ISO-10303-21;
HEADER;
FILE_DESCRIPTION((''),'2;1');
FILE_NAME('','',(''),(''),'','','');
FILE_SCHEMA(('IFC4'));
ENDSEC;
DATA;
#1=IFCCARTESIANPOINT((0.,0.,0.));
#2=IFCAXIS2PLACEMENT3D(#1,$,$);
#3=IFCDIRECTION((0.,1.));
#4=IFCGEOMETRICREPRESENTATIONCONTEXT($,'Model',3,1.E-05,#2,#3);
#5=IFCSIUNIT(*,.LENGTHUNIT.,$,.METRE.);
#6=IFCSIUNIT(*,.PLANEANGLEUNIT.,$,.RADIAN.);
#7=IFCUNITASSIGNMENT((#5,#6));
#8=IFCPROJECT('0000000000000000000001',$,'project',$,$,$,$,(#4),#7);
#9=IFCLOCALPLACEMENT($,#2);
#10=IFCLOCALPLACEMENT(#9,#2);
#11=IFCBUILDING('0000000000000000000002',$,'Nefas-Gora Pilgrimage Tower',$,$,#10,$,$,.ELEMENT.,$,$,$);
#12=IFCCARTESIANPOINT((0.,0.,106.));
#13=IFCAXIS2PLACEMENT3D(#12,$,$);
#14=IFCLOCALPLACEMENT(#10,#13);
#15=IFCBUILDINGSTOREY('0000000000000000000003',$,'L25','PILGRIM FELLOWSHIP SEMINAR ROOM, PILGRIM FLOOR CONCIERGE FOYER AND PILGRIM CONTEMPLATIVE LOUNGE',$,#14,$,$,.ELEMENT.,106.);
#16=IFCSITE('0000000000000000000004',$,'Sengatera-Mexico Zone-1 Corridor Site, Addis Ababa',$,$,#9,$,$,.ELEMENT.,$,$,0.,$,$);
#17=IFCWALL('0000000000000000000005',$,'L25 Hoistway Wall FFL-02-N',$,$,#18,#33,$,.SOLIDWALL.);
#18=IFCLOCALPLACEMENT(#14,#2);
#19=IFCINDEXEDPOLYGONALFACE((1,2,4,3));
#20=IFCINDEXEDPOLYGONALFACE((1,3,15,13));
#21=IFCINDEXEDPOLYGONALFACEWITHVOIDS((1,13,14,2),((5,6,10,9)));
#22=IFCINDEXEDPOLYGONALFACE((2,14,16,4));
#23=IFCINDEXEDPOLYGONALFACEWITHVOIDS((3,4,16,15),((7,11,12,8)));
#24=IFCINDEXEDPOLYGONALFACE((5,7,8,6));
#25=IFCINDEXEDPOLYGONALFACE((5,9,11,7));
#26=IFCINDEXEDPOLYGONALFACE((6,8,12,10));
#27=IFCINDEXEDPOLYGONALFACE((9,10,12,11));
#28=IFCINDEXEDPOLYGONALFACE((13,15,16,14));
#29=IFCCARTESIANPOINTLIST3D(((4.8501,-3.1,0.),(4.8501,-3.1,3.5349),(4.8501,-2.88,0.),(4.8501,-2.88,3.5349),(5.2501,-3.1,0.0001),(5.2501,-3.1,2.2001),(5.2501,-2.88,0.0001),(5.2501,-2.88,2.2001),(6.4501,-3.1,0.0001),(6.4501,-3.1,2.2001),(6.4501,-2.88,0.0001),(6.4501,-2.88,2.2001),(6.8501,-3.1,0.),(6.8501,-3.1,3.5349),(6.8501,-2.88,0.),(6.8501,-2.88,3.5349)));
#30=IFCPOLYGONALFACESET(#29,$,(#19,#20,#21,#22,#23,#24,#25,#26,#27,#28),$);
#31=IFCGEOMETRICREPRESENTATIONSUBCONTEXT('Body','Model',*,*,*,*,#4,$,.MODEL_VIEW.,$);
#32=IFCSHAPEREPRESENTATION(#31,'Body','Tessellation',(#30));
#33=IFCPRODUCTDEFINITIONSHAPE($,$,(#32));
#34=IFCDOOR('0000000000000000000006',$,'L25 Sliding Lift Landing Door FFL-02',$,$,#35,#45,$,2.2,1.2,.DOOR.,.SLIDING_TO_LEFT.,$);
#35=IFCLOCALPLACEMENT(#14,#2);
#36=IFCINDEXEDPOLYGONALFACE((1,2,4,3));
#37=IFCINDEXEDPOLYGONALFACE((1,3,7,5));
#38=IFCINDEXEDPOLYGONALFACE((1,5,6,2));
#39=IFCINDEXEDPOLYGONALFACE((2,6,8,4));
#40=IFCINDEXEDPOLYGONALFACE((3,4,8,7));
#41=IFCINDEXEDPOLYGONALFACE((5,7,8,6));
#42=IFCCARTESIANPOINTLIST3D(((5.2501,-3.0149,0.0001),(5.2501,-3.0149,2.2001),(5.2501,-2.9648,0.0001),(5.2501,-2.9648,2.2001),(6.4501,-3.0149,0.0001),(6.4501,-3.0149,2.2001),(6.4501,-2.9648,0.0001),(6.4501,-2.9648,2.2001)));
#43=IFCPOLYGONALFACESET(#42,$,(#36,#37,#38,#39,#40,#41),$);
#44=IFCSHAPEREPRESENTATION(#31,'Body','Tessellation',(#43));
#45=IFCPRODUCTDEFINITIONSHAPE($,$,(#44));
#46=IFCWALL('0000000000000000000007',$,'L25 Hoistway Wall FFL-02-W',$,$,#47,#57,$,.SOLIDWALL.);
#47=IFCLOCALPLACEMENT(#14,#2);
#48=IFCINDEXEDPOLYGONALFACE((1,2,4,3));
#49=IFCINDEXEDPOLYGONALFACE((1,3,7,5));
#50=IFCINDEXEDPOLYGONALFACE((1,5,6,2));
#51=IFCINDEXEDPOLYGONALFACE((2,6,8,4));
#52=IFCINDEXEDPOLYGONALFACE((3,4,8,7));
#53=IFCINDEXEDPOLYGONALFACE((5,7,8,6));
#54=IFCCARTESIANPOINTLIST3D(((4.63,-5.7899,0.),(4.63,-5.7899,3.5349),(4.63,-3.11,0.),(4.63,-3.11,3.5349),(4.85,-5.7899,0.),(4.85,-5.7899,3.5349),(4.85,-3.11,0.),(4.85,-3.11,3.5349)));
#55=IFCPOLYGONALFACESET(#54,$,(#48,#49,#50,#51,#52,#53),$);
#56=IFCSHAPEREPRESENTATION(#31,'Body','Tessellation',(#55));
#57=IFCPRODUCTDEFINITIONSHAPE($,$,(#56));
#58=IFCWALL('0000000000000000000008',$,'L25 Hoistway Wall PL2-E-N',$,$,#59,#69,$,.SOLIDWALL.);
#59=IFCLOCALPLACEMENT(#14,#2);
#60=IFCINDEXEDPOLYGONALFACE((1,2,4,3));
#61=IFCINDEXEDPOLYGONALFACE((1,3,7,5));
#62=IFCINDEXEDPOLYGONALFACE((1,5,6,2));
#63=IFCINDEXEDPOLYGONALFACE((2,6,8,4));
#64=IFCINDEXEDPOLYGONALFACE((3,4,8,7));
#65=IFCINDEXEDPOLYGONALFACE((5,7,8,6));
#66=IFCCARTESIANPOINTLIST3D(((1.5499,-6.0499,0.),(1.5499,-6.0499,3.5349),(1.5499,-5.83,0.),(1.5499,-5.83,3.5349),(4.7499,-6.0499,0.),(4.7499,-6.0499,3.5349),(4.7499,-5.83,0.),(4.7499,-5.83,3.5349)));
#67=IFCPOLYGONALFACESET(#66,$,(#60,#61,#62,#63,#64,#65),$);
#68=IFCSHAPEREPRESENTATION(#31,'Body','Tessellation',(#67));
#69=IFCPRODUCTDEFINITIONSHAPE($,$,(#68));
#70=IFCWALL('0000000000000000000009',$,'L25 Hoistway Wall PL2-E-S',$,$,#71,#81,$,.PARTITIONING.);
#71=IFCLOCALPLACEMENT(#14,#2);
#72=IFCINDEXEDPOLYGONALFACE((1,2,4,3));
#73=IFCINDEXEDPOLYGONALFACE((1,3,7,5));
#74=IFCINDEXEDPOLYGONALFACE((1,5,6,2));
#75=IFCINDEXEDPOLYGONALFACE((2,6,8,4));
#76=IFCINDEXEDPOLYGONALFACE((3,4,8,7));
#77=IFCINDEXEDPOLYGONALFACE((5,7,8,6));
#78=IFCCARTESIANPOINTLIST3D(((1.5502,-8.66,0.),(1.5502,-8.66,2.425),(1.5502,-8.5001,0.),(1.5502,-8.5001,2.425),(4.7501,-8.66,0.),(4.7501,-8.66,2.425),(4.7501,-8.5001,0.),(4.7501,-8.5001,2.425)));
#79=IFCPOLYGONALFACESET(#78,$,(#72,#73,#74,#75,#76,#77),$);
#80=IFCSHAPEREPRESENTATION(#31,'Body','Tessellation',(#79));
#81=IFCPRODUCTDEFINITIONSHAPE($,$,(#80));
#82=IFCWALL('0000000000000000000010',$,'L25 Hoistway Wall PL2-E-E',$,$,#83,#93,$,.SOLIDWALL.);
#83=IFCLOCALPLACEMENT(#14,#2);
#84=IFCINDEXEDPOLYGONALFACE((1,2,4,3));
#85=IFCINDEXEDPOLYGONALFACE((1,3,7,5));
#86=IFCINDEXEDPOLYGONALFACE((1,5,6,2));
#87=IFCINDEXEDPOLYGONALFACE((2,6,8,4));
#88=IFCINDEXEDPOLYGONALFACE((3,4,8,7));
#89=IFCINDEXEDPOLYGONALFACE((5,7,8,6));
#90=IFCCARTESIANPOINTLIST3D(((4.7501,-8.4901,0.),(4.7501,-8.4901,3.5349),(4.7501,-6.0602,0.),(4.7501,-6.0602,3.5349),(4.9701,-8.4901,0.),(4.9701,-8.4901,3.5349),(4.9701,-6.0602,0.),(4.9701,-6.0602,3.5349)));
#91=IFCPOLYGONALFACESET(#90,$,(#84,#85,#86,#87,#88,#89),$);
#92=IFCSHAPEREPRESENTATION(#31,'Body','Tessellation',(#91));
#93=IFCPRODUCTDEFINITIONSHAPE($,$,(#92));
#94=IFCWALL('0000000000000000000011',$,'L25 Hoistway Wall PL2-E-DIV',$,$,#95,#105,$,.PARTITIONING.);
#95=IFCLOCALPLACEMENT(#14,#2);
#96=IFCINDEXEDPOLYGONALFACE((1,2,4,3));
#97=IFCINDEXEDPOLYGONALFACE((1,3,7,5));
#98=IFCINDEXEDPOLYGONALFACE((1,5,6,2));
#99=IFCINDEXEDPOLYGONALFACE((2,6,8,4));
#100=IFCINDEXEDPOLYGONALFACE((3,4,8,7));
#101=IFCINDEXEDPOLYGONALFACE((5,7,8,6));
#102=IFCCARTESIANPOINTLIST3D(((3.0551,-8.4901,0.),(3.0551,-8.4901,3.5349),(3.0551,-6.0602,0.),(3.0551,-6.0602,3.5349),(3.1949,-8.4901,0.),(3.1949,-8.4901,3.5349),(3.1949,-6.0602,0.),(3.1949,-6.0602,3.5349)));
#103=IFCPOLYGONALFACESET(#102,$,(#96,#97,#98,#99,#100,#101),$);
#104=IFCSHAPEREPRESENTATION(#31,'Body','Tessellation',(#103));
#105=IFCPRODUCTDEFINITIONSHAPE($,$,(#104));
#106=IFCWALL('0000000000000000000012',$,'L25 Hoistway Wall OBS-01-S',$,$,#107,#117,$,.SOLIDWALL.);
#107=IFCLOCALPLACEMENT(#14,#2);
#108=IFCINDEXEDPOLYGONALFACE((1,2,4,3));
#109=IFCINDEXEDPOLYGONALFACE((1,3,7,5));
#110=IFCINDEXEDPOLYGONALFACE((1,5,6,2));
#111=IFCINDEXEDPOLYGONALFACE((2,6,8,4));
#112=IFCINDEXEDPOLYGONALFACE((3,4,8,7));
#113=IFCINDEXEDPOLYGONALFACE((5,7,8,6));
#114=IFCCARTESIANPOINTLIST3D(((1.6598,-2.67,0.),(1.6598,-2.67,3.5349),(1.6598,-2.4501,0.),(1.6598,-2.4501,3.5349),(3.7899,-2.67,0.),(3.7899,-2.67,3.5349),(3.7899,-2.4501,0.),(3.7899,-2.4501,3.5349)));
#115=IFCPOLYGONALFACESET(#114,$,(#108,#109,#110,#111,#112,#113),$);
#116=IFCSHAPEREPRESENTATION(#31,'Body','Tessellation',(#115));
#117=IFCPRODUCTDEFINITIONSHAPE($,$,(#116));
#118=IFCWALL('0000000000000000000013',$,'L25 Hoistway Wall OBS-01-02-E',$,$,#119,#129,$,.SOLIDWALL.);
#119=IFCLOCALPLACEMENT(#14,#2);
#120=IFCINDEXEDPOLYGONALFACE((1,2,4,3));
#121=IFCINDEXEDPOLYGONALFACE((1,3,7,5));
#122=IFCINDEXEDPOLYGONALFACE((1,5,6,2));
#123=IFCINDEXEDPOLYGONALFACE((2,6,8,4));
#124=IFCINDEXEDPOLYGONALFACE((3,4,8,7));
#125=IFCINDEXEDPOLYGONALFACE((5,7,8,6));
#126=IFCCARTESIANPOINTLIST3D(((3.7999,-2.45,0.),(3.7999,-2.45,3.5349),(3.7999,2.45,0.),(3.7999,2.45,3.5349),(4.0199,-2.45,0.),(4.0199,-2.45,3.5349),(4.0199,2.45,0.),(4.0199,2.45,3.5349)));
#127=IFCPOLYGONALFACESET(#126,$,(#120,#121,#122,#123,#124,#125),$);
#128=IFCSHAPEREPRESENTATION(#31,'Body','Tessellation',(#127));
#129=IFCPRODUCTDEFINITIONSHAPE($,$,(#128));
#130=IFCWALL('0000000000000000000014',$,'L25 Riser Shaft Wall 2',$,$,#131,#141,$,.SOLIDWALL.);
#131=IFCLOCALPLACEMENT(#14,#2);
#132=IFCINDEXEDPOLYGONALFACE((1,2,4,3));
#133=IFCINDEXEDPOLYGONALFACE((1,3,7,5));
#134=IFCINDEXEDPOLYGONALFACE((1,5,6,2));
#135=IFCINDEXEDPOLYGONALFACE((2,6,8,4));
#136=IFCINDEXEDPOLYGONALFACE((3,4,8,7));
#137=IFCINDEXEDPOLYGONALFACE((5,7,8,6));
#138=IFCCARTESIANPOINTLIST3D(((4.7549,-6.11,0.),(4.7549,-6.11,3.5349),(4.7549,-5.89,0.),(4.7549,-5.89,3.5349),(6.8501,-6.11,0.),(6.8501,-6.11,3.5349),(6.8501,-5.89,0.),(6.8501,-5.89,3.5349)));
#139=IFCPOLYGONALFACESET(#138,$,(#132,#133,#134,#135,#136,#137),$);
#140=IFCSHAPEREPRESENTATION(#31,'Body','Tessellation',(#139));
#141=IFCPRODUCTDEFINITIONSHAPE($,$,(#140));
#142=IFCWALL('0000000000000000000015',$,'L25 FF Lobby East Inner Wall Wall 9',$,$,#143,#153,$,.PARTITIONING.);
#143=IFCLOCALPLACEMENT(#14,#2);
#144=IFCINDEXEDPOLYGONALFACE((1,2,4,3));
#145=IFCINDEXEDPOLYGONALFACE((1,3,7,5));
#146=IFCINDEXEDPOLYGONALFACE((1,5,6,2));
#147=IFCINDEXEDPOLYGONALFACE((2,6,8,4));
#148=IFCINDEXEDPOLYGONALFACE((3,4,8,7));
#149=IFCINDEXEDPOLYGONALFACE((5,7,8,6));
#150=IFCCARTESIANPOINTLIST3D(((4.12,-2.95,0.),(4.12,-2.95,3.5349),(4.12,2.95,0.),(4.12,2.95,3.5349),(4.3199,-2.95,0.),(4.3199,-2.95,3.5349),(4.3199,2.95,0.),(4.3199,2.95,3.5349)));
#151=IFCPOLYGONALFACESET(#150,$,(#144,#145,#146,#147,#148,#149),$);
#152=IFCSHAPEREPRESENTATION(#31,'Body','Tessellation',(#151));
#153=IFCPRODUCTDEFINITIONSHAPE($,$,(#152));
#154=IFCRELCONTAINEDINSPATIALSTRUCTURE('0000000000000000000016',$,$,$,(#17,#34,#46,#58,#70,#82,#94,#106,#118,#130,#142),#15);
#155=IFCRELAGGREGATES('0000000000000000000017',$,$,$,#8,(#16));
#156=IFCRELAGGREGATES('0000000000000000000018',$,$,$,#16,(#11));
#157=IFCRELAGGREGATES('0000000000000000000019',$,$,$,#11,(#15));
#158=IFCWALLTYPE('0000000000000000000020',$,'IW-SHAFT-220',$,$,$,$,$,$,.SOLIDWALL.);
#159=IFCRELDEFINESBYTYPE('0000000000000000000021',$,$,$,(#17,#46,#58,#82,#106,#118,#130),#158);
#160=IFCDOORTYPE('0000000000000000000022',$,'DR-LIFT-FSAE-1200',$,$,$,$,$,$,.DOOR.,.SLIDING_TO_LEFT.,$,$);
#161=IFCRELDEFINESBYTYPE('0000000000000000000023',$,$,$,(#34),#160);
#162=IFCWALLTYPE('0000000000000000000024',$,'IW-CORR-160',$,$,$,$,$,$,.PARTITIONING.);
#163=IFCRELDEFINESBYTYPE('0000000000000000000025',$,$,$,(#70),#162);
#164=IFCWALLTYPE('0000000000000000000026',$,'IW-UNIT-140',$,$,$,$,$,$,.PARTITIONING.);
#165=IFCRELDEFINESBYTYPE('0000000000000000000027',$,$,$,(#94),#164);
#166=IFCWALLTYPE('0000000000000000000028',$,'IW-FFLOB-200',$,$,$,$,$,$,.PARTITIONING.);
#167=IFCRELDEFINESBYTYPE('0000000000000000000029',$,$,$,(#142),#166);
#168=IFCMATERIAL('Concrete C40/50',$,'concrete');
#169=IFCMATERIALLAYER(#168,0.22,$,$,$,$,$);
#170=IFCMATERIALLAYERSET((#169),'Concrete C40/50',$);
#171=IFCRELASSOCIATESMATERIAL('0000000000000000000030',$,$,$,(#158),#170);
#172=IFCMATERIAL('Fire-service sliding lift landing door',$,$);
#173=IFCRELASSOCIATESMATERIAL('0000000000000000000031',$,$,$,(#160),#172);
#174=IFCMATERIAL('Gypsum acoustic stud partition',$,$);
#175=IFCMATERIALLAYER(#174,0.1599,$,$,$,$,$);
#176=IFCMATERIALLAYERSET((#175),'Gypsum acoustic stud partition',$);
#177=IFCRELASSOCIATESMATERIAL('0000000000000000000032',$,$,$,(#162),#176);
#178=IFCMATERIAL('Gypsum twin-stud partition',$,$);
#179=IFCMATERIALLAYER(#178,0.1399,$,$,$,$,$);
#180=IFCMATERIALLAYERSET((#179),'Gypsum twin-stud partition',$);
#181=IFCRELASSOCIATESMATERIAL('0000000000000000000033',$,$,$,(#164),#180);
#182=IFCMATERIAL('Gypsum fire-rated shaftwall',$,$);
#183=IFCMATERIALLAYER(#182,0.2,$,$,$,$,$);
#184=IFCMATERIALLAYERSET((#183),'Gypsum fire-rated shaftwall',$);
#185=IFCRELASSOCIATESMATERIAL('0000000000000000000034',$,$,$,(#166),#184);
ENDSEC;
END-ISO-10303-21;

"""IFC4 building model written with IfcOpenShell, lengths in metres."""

from ifc_helpers import new_model, si_unit, direction, frame, frame_2d, origin, place, context, subcontext, project, spatial, rectangle, extrude, source, transform, mapped, material, layer, layer_set, type_object, element, fill, save


model = new_model("IFC4")

# Units and contexts
model_context = context("Model", 3, precision=1e-05, world=origin(), true_north=direction((0.0, 1.0)))
body_context = subcontext(model_context, "Body", "Model", "MODEL_VIEW")
ifc_project = project(units=[si_unit("LENGTHUNIT", "METRE"), si_unit("PLANEANGLEUNIT", "RADIAN")], contexts=[model_context])

# Site, building, storey
site_placement = place(None, origin())
site = spatial("IfcSite", under=ifc_project, at=site_placement, Name="Sengatera-Mexico Zone-1 Corridor Site, Addis Ababa", CompositionType="ELEMENT", RefElevation=0.0)
building_placement = place(site_placement, origin())
building = spatial("IfcBuilding", under=site, at=building_placement, Name="Nefas-Gora Pilgrimage Tower", CompositionType="ELEMENT")
storey_placement = place(building_placement, frame((0.0, 0.0, 106.0)))
storey = spatial("IfcBuildingStorey", under=building, at=storey_placement, Name="L25", Description="PILGRIM FELLOWSHIP SEMINAR ROOM, PILGRIM FLOOR CONCIERGE FOYER AND PILGRIM CONTEMPLATIVE LOUNGE", CompositionType="ELEMENT", Elevation=106.0)

# Wall, opening, door
ifc_material_1 = material(Name="Concrete C40/50", Category="concrete")
ifc_layer_1 = layer(ifc_material_1, 0.22)
ifc_layer_set_1 = layer_set([ifc_layer_1], Name="Concrete C40/50")
wall_type_1 = type_object("IfcWallType", Name="IW-SHAFT-220", PredefinedType="SOLIDWALL", material=ifc_layer_set_1)
shared_shape_1 = source(origin(), body_context, "Body", "SweptSolid", [
    extrude(rectangle(XDim=2.0, YDim=0.22, at=frame_2d((1.0, 0.0))), origin(), (0.0, 0.0, 1.0), 3.5349),
])
wall_1_placement = place(storey_placement, frame((6.8501, -2.99, 0.0), z_axis=(0.0, 0.0, 1.0), x_axis=(-1.0, 0.0, 0.0)))
wall_1 = element("IfcWall", 1, at=wall_1_placement, inside=storey, type_object=wall_type_1, Name="L25 Hoistway Wall FFL-02-N", PredefinedType="SOLIDWALL", context=body_context, shape_type="MappedRepresentation", body=[
    mapped(shared_shape_1, transform((0.0, 0.0, 0.0), x_axis=(1.0, 0.0, 0.0), y_axis=(0.0, 1.0, 0.0), z_axis=(0.0, 0.0, 1.0), scale=1.0)),
])
opening_1_placement = place(wall_1_placement, frame((0.3999, 0.0, 0.0)))
opening_1 = element("IfcOpeningElement", 2, at=opening_1_placement, cuts=wall_1, PredefinedType="OPENING", context=body_context, shape_type="SweptSolid", body=[
    extrude(rectangle(XDim=1.2, YDim=2.2, at=frame_2d((0.6001, 1.1001))), frame((0.0, 0.1199, 0.0), z_axis=(0.0, -1.0, 0.0), x_axis=(1.0, 0.0, 0.0)), (0.0, 0.0, 1.0), 0.24),
])
ifc_material_2 = material(Name="Fire-service sliding lift landing door")
door_type_1 = type_object("IfcDoorType", Name="DR-LIFT-FSAE-1200", OperationType="SLIDING_TO_LEFT", PredefinedType="DOOR", material=ifc_material_2)
shared_shape_2 = source(origin(), body_context, "Body", "SweptSolid", [
    extrude(rectangle(XDim=1.2, YDim=2.2, at=frame_2d((0.6001, 1.1001))), frame((0.0, 0.0249, 0.0), z_axis=(0.0, -1.0, 0.0), x_axis=(1.0, 0.0, 0.0)), (0.0, 0.0, 1.0), 0.05),
])
door_1_placement = place(opening_1_placement, origin())
door_1 = element("IfcDoor", 3, at=door_1_placement, inside=storey, type_object=door_type_1, Name="L25 Sliding Lift Landing Door FFL-02", OperationType="SLIDING_TO_LEFT", OverallHeight=2.2, OverallWidth=1.2, PredefinedType="DOOR", context=body_context, shape_type="MappedRepresentation", body=[
    mapped(shared_shape_2, transform((0.0, 0.0, 0.0), x_axis=(1.0, 0.0, 0.0), y_axis=(0.0, 1.0, 0.0), z_axis=(0.0, 0.0, 1.0), scale=1.0)),
])
fill(opening_1, door_1)

# Walls
shared_shape_3 = source(origin(), body_context, "Body", "SweptSolid", [
    extrude(rectangle(XDim=2.6799, YDim=0.22, at=frame_2d((1.3398, 0.0))), origin(), (0.0, 0.0, 1.0), 3.5349),
])
wall_2_placement = place(storey_placement, frame((4.74, -3.1101, 0.0), z_axis=(0.0, 0.0, 1.0), x_axis=(0.0, -1.0, 0.0)))
element("IfcWall", 4, at=wall_2_placement, inside=storey, type_object=wall_type_1, Name="L25 Hoistway Wall FFL-02-W", PredefinedType="SOLIDWALL", context=body_context, shape_type="MappedRepresentation", body=[
    mapped(shared_shape_3, transform((0.0, 0.0, 0.0), x_axis=(1.0, 0.0, 0.0), y_axis=(0.0, 1.0, 0.0), z_axis=(0.0, 0.0, 1.0), scale=1.0)),
])
shared_shape_4 = source(origin(), body_context, "Body", "SweptSolid", [
    extrude(rectangle(XDim=3.2, YDim=0.22, at=frame_2d((1.6001, 0.0))), origin(), (0.0, 0.0, 1.0), 3.5349),
])
wall_3_placement = place(storey_placement, frame((4.75, -5.9399, 0.0), z_axis=(0.0, 0.0, 1.0), x_axis=(-1.0, 0.0, 0.0)))
element("IfcWall", 5, at=wall_3_placement, inside=storey, type_object=wall_type_1, Name="L25 Hoistway Wall PL2-E-N", PredefinedType="SOLIDWALL", context=body_context, shape_type="MappedRepresentation", body=[
    mapped(shared_shape_4, transform((0.0, 0.0, 0.0), x_axis=(1.0, 0.0, 0.0), y_axis=(0.0, 1.0, 0.0), z_axis=(0.0, 0.0, 1.0), scale=1.0)),
])
ifc_material_3 = material(Name="Gypsum acoustic stud partition")
ifc_layer_2 = layer(ifc_material_3, 0.1599)
ifc_layer_set_2 = layer_set([ifc_layer_2], Name="Gypsum acoustic stud partition")
wall_type_2 = type_object("IfcWallType", Name="IW-CORR-160", PredefinedType="PARTITIONING", material=ifc_layer_set_2)
shared_shape_5 = source(origin(), body_context, "Body", "SweptSolid", [
    extrude(rectangle(XDim=3.2, YDim=0.1599, at=frame_2d((1.6001, 0.0))), origin(), (0.0, 0.0, 1.0), 2.425),
])
wall_4_placement = place(storey_placement, frame((1.55, -8.5801, 0.0), z_axis=(0.0, 0.0, 1.0), x_axis=(1.0, 0.0, 0.0)))
element("IfcWall", 6, at=wall_4_placement, inside=storey, type_object=wall_type_2, Name="L25 Hoistway Wall PL2-E-S", PredefinedType="PARTITIONING", context=body_context, shape_type="MappedRepresentation", body=[
    mapped(shared_shape_5, transform((0.0, 0.0, 0.0), x_axis=(1.0, 0.0, 0.0), y_axis=(0.0, 1.0, 0.0), z_axis=(0.0, 0.0, 1.0), scale=1.0)),
])
shared_shape_6 = source(origin(), body_context, "Body", "SweptSolid", [
    extrude(rectangle(XDim=2.4299, YDim=0.22, at=frame_2d((1.2148, 0.0))), origin(), (0.0, 0.0, 1.0), 3.5349),
])
for number, where, z_axis, x_axis, name in (
    (7, (4.8601, -8.49, 0.0), (0.0, 0.0, 1.0), (0.0, 1.0, 0.0), "L25 Hoistway Wall PL2-E-E"),
):
    element("IfcWall", number, at=place(storey_placement, frame(where, z_axis=z_axis, x_axis=x_axis)), inside=storey, type_object=wall_type_1, Name=name, PredefinedType="SOLIDWALL", context=body_context, shape_type="MappedRepresentation", body=[
        mapped(shared_shape_6, transform((0.0, 0.0, 0.0), x_axis=(1.0, 0.0, 0.0), y_axis=(0.0, 1.0, 0.0), z_axis=(0.0, 0.0, 1.0), scale=1.0)),
    ])
ifc_material_4 = material(Name="Gypsum twin-stud partition")
ifc_layer_3 = layer(ifc_material_4, 0.1399)
ifc_layer_set_3 = layer_set([ifc_layer_3], Name="Gypsum twin-stud partition")
wall_type_3 = type_object("IfcWallType", Name="IW-UNIT-140", PredefinedType="PARTITIONING", material=ifc_layer_set_3)
shared_shape_7 = source(origin(), body_context, "Body", "SweptSolid", [
    extrude(rectangle(XDim=2.4299, YDim=0.1399, at=frame_2d((1.2148, 0.0))), origin(), (0.0, 0.0, 1.0), 3.5349),
])
wall_5_placement = place(storey_placement, frame((3.125, -8.49, 0.0), z_axis=(0.0, 0.0, 1.0), x_axis=(0.0, 1.0, 0.0)))
element("IfcWall", 8, at=wall_5_placement, inside=storey, type_object=wall_type_3, Name="L25 Hoistway Wall PL2-E-DIV", PredefinedType="PARTITIONING", context=body_context, shape_type="MappedRepresentation", body=[
    mapped(shared_shape_7, transform((0.0, 0.0, 0.0), x_axis=(1.0, 0.0, 0.0), y_axis=(0.0, 1.0, 0.0), z_axis=(0.0, 0.0, 1.0), scale=1.0)),
])
shared_shape_8 = source(origin(), body_context, "Body", "SweptSolid", [
    extrude(rectangle(XDim=2.1301, YDim=0.22, at=frame_2d((1.0649, 0.0))), origin(), (0.0, 0.0, 1.0), 3.5349),
])
wall_6_placement = place(storey_placement, frame((1.6599, -2.5601, 0.0), z_axis=(0.0, 0.0, 1.0), x_axis=(1.0, 0.0, 0.0)))
element("IfcWall", 9, at=wall_6_placement, inside=storey, type_object=wall_type_1, Name="L25 Hoistway Wall OBS-01-S", PredefinedType="SOLIDWALL", context=body_context, shape_type="MappedRepresentation", body=[
    mapped(shared_shape_8, transform((0.0, 0.0, 0.0), x_axis=(1.0, 0.0, 0.0), y_axis=(0.0, 1.0, 0.0), z_axis=(0.0, 0.0, 1.0), scale=1.0)),
])
shared_shape_9 = source(origin(), body_context, "Body", "SweptSolid", [
    extrude(rectangle(XDim=4.8999, YDim=0.22, at=frame_2d((2.45, 0.0))), origin(), (0.0, 0.0, 1.0), 3.5349),
])
wall_7_placement = place(storey_placement, frame((3.9099, -2.45, 0.0), z_axis=(0.0, 0.0, 1.0), x_axis=(0.0, 1.0, 0.0)))
element("IfcWall", 10, at=wall_7_placement, inside=storey, type_object=wall_type_1, Name="L25 Hoistway Wall OBS-01-02-E", PredefinedType="SOLIDWALL", context=body_context, shape_type="MappedRepresentation", body=[
    mapped(shared_shape_9, transform((0.0, 0.0, 0.0), x_axis=(1.0, 0.0, 0.0), y_axis=(0.0, 1.0, 0.0), z_axis=(0.0, 0.0, 1.0), scale=1.0)),
])
shared_shape_10 = source(origin(), body_context, "Body", "SweptSolid", [
    extrude(rectangle(XDim=2.0952, YDim=0.22, at=frame_2d((1.0476, 0.0))), origin(), (0.0, 0.0, 1.0), 3.5349),
])
wall_8_placement = place(storey_placement, frame((4.7549, -6.0, 0.0), z_axis=(0.0, 0.0, 1.0), x_axis=(1.0, 0.0, 0.0)))
element("IfcWall", 11, at=wall_8_placement, inside=storey, type_object=wall_type_1, Name="L25 Riser Shaft Wall 2", PredefinedType="SOLIDWALL", context=body_context, shape_type="MappedRepresentation", body=[
    mapped(shared_shape_10, transform((0.0, 0.0, 0.0), x_axis=(1.0, 0.0, 0.0), y_axis=(0.0, 1.0, 0.0), z_axis=(0.0, 0.0, 1.0), scale=1.0)),
])

# Shared definitions
ifc_material_5 = material(Name="Gypsum fire-rated shaftwall")
ifc_layer_4 = layer(ifc_material_5, 0.2)
ifc_layer_set_4 = layer_set([ifc_layer_4], Name="Gypsum fire-rated shaftwall")
wall_type_4 = type_object("IfcWallType", Name="IW-FFLOB-200", PredefinedType="PARTITIONING", material=ifc_layer_set_4)

# Wall
shared_shape_11 = source(origin(), body_context, "Body", "SweptSolid", [
    extrude(rectangle(XDim=5.8999, YDim=0.2, at=frame_2d((2.95, 0.0))), origin(), (0.0, 0.0, 1.0), 3.5349),
])
wall_9_placement = place(storey_placement, frame((4.22, -2.95, 0.0), z_axis=(0.0, 0.0, 1.0), x_axis=(0.0, 1.0, 0.0)))
element("IfcWall", 12, at=wall_9_placement, inside=storey, type_object=wall_type_4, Name="L25 FF Lobby East Inner Wall Wall 9", PredefinedType="PARTITIONING", context=body_context, shape_type="MappedRepresentation", body=[
    mapped(shared_shape_11, transform((0.0, 0.0, 0.0), x_axis=(1.0, 0.0, 0.0), y_axis=(0.0, 1.0, 0.0), z_axis=(0.0, 0.0, 1.0), scale=1.0)),
])

save(model, "model.ifc")
